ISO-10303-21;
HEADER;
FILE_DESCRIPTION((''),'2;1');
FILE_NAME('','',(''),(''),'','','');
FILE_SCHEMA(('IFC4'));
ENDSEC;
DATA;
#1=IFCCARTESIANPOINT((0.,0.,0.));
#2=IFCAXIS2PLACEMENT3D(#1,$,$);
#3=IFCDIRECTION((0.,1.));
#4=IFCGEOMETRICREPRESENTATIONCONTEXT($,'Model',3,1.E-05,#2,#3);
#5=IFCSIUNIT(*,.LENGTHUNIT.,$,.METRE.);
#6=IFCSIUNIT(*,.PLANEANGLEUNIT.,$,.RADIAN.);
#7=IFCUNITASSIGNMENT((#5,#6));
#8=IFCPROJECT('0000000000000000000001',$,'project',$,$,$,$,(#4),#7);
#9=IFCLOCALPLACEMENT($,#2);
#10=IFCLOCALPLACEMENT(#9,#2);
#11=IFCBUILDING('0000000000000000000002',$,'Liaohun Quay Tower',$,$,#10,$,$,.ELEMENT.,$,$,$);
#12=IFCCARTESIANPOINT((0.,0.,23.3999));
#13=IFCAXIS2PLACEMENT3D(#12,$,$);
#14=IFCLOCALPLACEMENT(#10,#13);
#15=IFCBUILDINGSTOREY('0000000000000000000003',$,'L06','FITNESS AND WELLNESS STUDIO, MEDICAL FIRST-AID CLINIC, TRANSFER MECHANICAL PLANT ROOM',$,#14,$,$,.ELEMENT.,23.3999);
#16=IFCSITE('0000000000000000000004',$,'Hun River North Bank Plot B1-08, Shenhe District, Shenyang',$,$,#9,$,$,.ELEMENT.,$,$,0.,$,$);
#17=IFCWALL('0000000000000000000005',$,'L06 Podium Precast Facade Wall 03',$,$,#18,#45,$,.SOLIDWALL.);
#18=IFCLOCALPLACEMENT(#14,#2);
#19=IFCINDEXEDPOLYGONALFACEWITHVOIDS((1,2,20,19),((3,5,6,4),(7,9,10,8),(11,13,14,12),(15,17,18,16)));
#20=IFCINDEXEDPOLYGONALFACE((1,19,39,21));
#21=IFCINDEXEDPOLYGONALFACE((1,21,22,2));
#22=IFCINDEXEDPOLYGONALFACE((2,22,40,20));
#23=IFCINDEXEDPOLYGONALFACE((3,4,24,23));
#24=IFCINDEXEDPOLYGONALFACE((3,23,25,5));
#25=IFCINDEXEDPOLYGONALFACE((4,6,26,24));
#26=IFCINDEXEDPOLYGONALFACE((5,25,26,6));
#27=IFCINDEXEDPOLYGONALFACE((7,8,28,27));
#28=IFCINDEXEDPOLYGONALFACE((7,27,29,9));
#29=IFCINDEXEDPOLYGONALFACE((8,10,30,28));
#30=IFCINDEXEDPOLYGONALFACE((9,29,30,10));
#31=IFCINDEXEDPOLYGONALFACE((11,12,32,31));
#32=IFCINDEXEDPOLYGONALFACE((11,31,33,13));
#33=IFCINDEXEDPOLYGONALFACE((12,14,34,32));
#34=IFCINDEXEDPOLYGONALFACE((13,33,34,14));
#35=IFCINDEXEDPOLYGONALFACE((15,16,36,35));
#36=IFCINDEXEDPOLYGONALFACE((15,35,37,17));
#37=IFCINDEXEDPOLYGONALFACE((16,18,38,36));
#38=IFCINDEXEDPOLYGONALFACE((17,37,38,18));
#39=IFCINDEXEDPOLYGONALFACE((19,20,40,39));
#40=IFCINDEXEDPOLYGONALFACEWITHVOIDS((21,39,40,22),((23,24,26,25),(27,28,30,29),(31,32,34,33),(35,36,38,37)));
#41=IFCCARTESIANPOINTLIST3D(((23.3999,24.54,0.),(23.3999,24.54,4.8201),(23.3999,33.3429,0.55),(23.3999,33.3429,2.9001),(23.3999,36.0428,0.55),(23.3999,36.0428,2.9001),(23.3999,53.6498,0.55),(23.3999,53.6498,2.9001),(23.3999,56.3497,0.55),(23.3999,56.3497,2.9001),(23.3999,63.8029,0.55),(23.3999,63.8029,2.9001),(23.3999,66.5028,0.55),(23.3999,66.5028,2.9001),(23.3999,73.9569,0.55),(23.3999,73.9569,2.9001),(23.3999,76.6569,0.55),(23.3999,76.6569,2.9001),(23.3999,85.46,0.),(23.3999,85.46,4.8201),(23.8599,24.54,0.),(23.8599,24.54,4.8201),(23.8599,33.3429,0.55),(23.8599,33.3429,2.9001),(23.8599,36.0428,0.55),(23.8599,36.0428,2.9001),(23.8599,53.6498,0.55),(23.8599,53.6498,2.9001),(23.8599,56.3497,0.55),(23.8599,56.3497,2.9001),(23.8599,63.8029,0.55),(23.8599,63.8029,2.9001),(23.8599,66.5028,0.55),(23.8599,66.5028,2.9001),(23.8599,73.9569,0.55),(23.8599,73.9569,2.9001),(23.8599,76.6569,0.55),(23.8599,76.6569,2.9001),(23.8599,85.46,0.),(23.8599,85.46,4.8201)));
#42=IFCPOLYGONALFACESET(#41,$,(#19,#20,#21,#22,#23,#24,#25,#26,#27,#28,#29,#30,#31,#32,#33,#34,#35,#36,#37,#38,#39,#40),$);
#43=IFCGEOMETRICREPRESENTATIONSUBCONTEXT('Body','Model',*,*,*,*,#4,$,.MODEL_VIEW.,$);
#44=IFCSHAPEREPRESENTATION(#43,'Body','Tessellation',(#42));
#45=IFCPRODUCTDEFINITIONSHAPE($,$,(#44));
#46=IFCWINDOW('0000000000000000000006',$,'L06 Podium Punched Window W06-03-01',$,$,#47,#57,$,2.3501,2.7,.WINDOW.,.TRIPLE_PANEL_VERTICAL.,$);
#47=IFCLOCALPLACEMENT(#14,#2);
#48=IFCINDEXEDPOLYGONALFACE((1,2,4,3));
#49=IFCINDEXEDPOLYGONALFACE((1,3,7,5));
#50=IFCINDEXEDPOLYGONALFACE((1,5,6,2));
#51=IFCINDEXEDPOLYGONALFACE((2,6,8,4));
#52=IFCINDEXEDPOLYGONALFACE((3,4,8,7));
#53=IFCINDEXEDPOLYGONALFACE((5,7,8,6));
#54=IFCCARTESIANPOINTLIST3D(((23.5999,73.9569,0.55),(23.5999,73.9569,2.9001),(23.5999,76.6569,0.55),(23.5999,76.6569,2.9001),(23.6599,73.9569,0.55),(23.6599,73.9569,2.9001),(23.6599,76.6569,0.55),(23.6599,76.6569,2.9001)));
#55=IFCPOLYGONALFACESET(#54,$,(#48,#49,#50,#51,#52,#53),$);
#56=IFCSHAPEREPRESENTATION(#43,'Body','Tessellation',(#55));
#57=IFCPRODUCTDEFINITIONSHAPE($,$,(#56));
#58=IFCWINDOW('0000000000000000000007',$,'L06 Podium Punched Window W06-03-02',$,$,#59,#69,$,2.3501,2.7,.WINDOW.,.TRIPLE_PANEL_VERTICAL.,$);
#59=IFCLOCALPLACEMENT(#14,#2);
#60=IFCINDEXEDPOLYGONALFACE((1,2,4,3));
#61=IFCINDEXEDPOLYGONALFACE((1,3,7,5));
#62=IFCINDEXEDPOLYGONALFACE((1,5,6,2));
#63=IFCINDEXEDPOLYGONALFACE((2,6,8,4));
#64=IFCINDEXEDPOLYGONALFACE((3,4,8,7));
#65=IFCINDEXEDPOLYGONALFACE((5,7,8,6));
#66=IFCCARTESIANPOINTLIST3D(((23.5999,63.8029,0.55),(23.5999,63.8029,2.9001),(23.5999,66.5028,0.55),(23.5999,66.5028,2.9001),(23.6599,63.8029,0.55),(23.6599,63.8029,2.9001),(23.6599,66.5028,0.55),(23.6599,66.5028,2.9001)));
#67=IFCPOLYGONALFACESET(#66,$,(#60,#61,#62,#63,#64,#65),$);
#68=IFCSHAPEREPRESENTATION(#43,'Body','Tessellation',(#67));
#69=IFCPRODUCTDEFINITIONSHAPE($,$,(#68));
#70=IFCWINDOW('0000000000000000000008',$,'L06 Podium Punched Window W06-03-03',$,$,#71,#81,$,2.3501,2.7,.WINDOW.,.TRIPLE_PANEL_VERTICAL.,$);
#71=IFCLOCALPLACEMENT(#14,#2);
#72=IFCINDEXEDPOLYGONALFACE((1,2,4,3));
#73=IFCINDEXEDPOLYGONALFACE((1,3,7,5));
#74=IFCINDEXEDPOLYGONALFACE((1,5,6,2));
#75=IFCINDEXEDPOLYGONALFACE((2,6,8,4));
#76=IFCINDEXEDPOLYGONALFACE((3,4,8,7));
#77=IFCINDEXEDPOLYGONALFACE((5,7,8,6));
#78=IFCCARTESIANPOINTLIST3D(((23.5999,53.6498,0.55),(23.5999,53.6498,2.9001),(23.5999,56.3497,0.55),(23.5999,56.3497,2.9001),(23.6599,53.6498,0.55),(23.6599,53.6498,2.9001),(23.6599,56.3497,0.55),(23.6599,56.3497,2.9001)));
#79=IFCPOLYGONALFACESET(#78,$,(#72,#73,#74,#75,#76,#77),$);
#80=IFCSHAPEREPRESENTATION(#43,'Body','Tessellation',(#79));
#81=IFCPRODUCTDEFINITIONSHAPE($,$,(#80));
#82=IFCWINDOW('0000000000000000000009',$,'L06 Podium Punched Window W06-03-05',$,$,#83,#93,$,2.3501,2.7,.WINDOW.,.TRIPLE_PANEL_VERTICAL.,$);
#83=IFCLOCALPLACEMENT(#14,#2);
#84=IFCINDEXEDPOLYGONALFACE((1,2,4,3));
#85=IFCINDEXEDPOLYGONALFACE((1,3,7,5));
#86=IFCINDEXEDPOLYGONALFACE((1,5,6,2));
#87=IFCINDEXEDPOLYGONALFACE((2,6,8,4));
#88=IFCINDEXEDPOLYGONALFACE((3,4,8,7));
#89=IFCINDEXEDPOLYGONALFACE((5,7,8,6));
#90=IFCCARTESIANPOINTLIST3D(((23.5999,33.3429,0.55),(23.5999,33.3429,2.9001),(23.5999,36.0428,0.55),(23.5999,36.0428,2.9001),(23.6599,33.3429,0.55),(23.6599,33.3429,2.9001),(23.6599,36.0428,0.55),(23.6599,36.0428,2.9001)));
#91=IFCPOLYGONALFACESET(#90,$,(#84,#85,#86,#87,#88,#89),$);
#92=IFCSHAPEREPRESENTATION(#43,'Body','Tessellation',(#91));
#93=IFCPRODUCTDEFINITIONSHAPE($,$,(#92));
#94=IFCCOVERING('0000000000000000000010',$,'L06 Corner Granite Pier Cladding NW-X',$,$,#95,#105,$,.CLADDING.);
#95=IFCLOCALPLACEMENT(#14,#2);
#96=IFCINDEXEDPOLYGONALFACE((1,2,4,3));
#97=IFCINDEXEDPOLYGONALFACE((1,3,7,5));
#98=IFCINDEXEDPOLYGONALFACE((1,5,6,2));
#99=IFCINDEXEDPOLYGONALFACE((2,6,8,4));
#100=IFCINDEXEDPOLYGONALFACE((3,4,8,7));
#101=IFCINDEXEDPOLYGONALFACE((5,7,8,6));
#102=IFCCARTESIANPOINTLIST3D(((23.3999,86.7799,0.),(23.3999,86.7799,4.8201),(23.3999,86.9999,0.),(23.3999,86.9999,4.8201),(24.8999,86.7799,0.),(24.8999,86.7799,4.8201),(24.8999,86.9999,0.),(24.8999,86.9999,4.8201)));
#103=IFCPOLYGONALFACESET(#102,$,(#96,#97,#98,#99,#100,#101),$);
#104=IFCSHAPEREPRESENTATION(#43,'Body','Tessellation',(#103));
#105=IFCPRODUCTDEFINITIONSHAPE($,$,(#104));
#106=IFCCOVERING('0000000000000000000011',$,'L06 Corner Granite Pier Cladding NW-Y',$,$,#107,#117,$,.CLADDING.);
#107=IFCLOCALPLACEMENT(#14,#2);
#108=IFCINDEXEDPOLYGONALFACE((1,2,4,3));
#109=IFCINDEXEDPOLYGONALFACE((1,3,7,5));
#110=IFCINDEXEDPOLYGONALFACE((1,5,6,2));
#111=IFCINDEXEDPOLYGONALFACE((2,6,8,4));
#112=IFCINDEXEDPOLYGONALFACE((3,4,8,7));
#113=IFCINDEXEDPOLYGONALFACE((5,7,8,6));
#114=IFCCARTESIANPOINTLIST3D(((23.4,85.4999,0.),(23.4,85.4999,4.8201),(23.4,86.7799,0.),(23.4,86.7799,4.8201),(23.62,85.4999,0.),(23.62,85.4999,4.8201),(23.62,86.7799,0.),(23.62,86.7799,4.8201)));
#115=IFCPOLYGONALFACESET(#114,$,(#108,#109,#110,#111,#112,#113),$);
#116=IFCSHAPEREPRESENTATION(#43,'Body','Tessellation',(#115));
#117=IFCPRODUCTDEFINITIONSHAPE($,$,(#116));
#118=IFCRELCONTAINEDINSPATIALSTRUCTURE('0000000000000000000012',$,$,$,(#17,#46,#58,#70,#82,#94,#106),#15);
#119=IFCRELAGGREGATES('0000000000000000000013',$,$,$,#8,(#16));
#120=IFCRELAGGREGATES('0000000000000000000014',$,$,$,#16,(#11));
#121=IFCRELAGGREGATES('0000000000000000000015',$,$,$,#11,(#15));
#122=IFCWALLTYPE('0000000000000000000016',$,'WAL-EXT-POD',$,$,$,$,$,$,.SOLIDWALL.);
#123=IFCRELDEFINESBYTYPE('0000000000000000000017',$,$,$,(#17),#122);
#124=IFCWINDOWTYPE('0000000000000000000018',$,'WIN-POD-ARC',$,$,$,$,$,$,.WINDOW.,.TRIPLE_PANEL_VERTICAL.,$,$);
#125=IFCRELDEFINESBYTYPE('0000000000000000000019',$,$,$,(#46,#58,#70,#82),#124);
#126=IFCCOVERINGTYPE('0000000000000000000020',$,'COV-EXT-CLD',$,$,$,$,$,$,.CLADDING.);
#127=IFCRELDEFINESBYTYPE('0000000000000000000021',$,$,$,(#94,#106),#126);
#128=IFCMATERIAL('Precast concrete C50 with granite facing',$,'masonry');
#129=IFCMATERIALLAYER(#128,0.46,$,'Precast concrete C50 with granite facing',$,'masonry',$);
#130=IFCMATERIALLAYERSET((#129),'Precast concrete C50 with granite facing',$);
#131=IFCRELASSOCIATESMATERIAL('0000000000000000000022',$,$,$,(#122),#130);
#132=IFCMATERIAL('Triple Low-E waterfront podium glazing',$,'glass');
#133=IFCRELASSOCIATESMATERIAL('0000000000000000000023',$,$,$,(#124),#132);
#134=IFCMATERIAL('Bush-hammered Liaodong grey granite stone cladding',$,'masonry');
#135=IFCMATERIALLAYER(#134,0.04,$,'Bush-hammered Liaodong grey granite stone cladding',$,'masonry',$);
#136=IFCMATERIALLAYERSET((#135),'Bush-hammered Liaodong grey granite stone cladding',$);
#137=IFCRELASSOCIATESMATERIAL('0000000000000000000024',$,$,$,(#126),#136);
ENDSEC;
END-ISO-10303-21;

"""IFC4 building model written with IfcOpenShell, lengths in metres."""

from ifc_helpers import new_model, si_unit, direction, frame, frame_2d, origin, origin_2d, place, context, subcontext, project, spatial, rectangle, extrude, source, transform, mapped, material, layer, layer_set, type_object, element, fill, save


model = new_model("IFC4")

# Units and contexts
model_context = context("Model", 3, precision=1e-05, world=origin(), true_north=direction((0.0, 1.0)))
body_context = subcontext(model_context, "Body", "Model", "MODEL_VIEW")
ifc_project = project(units=[si_unit("LENGTHUNIT", "METRE"), si_unit("PLANEANGLEUNIT", "RADIAN")], contexts=[model_context])

# Site, building, storey
site_placement = place(None, origin())
site = spatial("IfcSite", under=ifc_project, at=site_placement, Name="Hun River North Bank Plot B1-08, Shenhe District, Shenyang", CompositionType="ELEMENT", RefElevation=0.0)
building_placement = place(site_placement, origin())
building = spatial("IfcBuilding", under=site, at=building_placement, Name="Liaohun Quay Tower", CompositionType="ELEMENT")
storey_placement = place(building_placement, frame((0.0, 0.0, 23.3999)))
storey = spatial("IfcBuildingStorey", under=building, at=storey_placement, Name="L06", Description="FITNESS AND WELLNESS STUDIO, MEDICAL FIRST-AID CLINIC, TRANSFER MECHANICAL PLANT ROOM", CompositionType="ELEMENT", Elevation=23.3999)

# Wall, openings, windows
ifc_material_1 = material(Name="Precast concrete C50 with granite facing", Category="masonry")
ifc_layer_1 = layer(ifc_material_1, 0.46, Name="Precast concrete C50 with granite facing", Category="masonry")
ifc_layer_set_1 = layer_set([ifc_layer_1], Name="Precast concrete C50 with granite facing")
wall_type = type_object("IfcWallType", Name="WAL-EXT-POD", PredefinedType="SOLIDWALL", material=ifc_layer_set_1)
wall_placement = place(storey_placement, frame((23.6299, 85.46, 0.0), z_axis=(0.0, 0.0, 1.0), x_axis=(0.0, -1.0, 0.0)))
wall = element("IfcWall", 1, at=wall_placement, inside=storey, type_object=wall_type, Name="L06 Podium Precast Facade Wall 03", PredefinedType="SOLIDWALL", context=body_context, shape_type="SweptSolid", body=[
    extrude(rectangle(XDim=60.9199, YDim=0.46, at=frame_2d((30.46, 0.0))), origin(), (0.0, 0.0, 1.0), 4.8201),
])
shared_shape_1 = source(origin(), body_context, "Body", "SweptSolid", [
    extrude(rectangle(XDim=2.7, YDim=2.3501, at=frame_2d((1.3501, 1.175))), frame((0.0, 0.24, 0.0), z_axis=(0.0, -1.0, 0.0), x_axis=(1.0, 0.0, 0.0)), (0.0, 0.0, 1.0), 0.48),
])
opening_1_placement = place(wall_placement, frame((8.803, 0.0, 0.55)))
opening_1 = element("IfcOpeningElement", 2, at=opening_1_placement, cuts=wall, PredefinedType="OPENING", context=body_context, shape_type="MappedRepresentation", body=[
    mapped(shared_shape_1, transform((0.0, 0.0, 0.0), x_axis=(1.0, 0.0, 0.0), y_axis=(0.0, 1.0, 0.0), z_axis=(0.0, 0.0, 1.0), scale=1.0)),
])
opening_2_placement = place(wall_placement, frame((18.957, 0.0, 0.55)))
opening_2 = element("IfcOpeningElement", 3, at=opening_2_placement, cuts=wall, PredefinedType="OPENING", context=body_context, shape_type="MappedRepresentation", body=[
    mapped(shared_shape_1, transform((0.0, 0.0, 0.0), x_axis=(1.0, 0.0, 0.0), y_axis=(0.0, 1.0, 0.0), z_axis=(0.0, 0.0, 1.0), scale=1.0)),
])
opening_3_placement = place(wall_placement, frame((29.1101, 0.0, 0.55)))
opening_3 = element("IfcOpeningElement", 4, at=opening_3_placement, cuts=wall, PredefinedType="OPENING", context=body_context, shape_type="MappedRepresentation", body=[
    mapped(shared_shape_1, transform((0.0, 0.0, 0.0), x_axis=(1.0, 0.0, 0.0), y_axis=(0.0, 1.0, 0.0), z_axis=(0.0, 0.0, 1.0), scale=1.0)),
])
opening_4_placement = place(wall_placement, frame((49.417, 0.0, 0.55)))
opening_4 = element("IfcOpeningElement", 5, at=opening_4_placement, cuts=wall, PredefinedType="OPENING", context=body_context, shape_type="MappedRepresentation", body=[
    mapped(shared_shape_1, transform((0.0, 0.0, 0.0), x_axis=(1.0, 0.0, 0.0), y_axis=(0.0, 1.0, 0.0), z_axis=(0.0, 0.0, 1.0), scale=1.0)),
])
ifc_material_2 = material(Name="Triple Low-E waterfront podium glazing", Category="glass")
window_type = type_object("IfcWindowType", Name="WIN-POD-ARC", PartitioningType="TRIPLE_PANEL_VERTICAL", PredefinedType="WINDOW", material=ifc_material_2)
shared_shape_2 = source(origin(), body_context, "Body", "SweptSolid", [
    extrude(rectangle(XDim=2.7, YDim=2.3501, at=frame_2d((1.3501, 1.175))), frame((0.0, 0.03, 0.0), z_axis=(0.0, -1.0, 0.0), x_axis=(1.0, 0.0, 0.0)), (0.0, 0.0, 1.0), 0.0601),
])
window_1_placement = place(opening_1_placement, origin())
window_1 = element("IfcWindow", 6, at=window_1_placement, inside=storey, type_object=window_type, Name="L06 Podium Punched Window W06-03-01", OverallHeight=2.3501, OverallWidth=2.7, PartitioningType="TRIPLE_PANEL_VERTICAL", PredefinedType="WINDOW", context=body_context, shape_type="MappedRepresentation", body=[
    mapped(shared_shape_2, transform((0.0, 0.0, 0.0), x_axis=(1.0, 0.0, 0.0), y_axis=(0.0, 1.0, 0.0), z_axis=(0.0, 0.0, 1.0), scale=1.0)),
])
fill(opening_1, window_1)
window_2_placement = place(opening_2_placement, origin())
window_2 = element("IfcWindow", 7, at=window_2_placement, inside=storey, type_object=window_type, Name="L06 Podium Punched Window W06-03-02", OverallHeight=2.3501, OverallWidth=2.7, PartitioningType="TRIPLE_PANEL_VERTICAL", PredefinedType="WINDOW", context=body_context, shape_type="MappedRepresentation", body=[
    mapped(shared_shape_2, transform((0.0, 0.0, 0.0), x_axis=(1.0, 0.0, 0.0), y_axis=(0.0, 1.0, 0.0), z_axis=(0.0, 0.0, 1.0), scale=1.0)),
])
fill(opening_2, window_2)
window_3_placement = place(opening_3_placement, origin())
window_3 = element("IfcWindow", 8, at=window_3_placement, inside=storey, type_object=window_type, Name="L06 Podium Punched Window W06-03-03", OverallHeight=2.3501, OverallWidth=2.7, PartitioningType="TRIPLE_PANEL_VERTICAL", PredefinedType="WINDOW", context=body_context, shape_type="MappedRepresentation", body=[
    mapped(shared_shape_2, transform((0.0, 0.0, 0.0), x_axis=(1.0, 0.0, 0.0), y_axis=(0.0, 1.0, 0.0), z_axis=(0.0, 0.0, 1.0), scale=1.0)),
])
fill(opening_3, window_3)
window_4_placement = place(opening_4_placement, origin())
window_4 = element("IfcWindow", 9, at=window_4_placement, inside=storey, type_object=window_type, Name="L06 Podium Punched Window W06-03-05", OverallHeight=2.3501, OverallWidth=2.7, PartitioningType="TRIPLE_PANEL_VERTICAL", PredefinedType="WINDOW", context=body_context, shape_type="MappedRepresentation", body=[
    mapped(shared_shape_2, transform((0.0, 0.0, 0.0), x_axis=(1.0, 0.0, 0.0), y_axis=(0.0, 1.0, 0.0), z_axis=(0.0, 0.0, 1.0), scale=1.0)),
])
fill(opening_4, window_4)

# Coverings
ifc_material_3 = material(Name="Bush-hammered Liaodong grey granite stone cladding", Category="masonry")
ifc_layer_2 = layer(ifc_material_3, 0.04, Name="Bush-hammered Liaodong grey granite stone cladding", Category="masonry")
ifc_layer_set_2 = layer_set([ifc_layer_2], Name="Bush-hammered Liaodong grey granite stone cladding")
covering_type = type_object("IfcCoveringType", Name="COV-EXT-CLD", PredefinedType="CLADDING", material=ifc_layer_set_2)
shared_shape_3 = source(origin(), body_context, "Body", "SweptSolid", [
    extrude(rectangle(XDim=1.5, YDim=0.22, at=origin_2d()), origin(), (0.0, 0.0, 1.0), 4.8201),
])
covering_1_placement = place(storey_placement, frame((24.1499, 86.8899, 0.0), z_axis=(0.0, 0.0, 1.0), x_axis=(1.0, 0.0, 0.0)))
element("IfcCovering", 10, at=covering_1_placement, inside=storey, type_object=covering_type, Name="L06 Corner Granite Pier Cladding NW-X", PredefinedType="CLADDING", context=body_context, shape_type="MappedRepresentation", body=[
    mapped(shared_shape_3, transform((0.0, 0.0, 0.0), x_axis=(1.0, 0.0, 0.0), y_axis=(0.0, 1.0, 0.0), z_axis=(0.0, 0.0, 1.0), scale=1.0)),
])
shared_shape_4 = source(origin(), body_context, "Body", "SweptSolid", [
    extrude(rectangle(XDim=0.22, YDim=1.28, at=origin_2d()), origin(), (0.0, 0.0, 1.0), 4.8201),
])
covering_2_placement = place(storey_placement, frame((23.51, 86.1399, 0.0), z_axis=(0.0, 0.0, 1.0), x_axis=(1.0, 0.0, 0.0)))
element("IfcCovering", 11, at=covering_2_placement, inside=storey, type_object=covering_type, Name="L06 Corner Granite Pier Cladding NW-Y", PredefinedType="CLADDING", context=body_context, shape_type="MappedRepresentation", body=[
    mapped(shared_shape_4, transform((0.0, 0.0, 0.0), x_axis=(1.0, 0.0, 0.0), y_axis=(0.0, 1.0, 0.0), z_axis=(0.0, 0.0, 1.0), scale=1.0)),
])

save(model, "model.ifc")
